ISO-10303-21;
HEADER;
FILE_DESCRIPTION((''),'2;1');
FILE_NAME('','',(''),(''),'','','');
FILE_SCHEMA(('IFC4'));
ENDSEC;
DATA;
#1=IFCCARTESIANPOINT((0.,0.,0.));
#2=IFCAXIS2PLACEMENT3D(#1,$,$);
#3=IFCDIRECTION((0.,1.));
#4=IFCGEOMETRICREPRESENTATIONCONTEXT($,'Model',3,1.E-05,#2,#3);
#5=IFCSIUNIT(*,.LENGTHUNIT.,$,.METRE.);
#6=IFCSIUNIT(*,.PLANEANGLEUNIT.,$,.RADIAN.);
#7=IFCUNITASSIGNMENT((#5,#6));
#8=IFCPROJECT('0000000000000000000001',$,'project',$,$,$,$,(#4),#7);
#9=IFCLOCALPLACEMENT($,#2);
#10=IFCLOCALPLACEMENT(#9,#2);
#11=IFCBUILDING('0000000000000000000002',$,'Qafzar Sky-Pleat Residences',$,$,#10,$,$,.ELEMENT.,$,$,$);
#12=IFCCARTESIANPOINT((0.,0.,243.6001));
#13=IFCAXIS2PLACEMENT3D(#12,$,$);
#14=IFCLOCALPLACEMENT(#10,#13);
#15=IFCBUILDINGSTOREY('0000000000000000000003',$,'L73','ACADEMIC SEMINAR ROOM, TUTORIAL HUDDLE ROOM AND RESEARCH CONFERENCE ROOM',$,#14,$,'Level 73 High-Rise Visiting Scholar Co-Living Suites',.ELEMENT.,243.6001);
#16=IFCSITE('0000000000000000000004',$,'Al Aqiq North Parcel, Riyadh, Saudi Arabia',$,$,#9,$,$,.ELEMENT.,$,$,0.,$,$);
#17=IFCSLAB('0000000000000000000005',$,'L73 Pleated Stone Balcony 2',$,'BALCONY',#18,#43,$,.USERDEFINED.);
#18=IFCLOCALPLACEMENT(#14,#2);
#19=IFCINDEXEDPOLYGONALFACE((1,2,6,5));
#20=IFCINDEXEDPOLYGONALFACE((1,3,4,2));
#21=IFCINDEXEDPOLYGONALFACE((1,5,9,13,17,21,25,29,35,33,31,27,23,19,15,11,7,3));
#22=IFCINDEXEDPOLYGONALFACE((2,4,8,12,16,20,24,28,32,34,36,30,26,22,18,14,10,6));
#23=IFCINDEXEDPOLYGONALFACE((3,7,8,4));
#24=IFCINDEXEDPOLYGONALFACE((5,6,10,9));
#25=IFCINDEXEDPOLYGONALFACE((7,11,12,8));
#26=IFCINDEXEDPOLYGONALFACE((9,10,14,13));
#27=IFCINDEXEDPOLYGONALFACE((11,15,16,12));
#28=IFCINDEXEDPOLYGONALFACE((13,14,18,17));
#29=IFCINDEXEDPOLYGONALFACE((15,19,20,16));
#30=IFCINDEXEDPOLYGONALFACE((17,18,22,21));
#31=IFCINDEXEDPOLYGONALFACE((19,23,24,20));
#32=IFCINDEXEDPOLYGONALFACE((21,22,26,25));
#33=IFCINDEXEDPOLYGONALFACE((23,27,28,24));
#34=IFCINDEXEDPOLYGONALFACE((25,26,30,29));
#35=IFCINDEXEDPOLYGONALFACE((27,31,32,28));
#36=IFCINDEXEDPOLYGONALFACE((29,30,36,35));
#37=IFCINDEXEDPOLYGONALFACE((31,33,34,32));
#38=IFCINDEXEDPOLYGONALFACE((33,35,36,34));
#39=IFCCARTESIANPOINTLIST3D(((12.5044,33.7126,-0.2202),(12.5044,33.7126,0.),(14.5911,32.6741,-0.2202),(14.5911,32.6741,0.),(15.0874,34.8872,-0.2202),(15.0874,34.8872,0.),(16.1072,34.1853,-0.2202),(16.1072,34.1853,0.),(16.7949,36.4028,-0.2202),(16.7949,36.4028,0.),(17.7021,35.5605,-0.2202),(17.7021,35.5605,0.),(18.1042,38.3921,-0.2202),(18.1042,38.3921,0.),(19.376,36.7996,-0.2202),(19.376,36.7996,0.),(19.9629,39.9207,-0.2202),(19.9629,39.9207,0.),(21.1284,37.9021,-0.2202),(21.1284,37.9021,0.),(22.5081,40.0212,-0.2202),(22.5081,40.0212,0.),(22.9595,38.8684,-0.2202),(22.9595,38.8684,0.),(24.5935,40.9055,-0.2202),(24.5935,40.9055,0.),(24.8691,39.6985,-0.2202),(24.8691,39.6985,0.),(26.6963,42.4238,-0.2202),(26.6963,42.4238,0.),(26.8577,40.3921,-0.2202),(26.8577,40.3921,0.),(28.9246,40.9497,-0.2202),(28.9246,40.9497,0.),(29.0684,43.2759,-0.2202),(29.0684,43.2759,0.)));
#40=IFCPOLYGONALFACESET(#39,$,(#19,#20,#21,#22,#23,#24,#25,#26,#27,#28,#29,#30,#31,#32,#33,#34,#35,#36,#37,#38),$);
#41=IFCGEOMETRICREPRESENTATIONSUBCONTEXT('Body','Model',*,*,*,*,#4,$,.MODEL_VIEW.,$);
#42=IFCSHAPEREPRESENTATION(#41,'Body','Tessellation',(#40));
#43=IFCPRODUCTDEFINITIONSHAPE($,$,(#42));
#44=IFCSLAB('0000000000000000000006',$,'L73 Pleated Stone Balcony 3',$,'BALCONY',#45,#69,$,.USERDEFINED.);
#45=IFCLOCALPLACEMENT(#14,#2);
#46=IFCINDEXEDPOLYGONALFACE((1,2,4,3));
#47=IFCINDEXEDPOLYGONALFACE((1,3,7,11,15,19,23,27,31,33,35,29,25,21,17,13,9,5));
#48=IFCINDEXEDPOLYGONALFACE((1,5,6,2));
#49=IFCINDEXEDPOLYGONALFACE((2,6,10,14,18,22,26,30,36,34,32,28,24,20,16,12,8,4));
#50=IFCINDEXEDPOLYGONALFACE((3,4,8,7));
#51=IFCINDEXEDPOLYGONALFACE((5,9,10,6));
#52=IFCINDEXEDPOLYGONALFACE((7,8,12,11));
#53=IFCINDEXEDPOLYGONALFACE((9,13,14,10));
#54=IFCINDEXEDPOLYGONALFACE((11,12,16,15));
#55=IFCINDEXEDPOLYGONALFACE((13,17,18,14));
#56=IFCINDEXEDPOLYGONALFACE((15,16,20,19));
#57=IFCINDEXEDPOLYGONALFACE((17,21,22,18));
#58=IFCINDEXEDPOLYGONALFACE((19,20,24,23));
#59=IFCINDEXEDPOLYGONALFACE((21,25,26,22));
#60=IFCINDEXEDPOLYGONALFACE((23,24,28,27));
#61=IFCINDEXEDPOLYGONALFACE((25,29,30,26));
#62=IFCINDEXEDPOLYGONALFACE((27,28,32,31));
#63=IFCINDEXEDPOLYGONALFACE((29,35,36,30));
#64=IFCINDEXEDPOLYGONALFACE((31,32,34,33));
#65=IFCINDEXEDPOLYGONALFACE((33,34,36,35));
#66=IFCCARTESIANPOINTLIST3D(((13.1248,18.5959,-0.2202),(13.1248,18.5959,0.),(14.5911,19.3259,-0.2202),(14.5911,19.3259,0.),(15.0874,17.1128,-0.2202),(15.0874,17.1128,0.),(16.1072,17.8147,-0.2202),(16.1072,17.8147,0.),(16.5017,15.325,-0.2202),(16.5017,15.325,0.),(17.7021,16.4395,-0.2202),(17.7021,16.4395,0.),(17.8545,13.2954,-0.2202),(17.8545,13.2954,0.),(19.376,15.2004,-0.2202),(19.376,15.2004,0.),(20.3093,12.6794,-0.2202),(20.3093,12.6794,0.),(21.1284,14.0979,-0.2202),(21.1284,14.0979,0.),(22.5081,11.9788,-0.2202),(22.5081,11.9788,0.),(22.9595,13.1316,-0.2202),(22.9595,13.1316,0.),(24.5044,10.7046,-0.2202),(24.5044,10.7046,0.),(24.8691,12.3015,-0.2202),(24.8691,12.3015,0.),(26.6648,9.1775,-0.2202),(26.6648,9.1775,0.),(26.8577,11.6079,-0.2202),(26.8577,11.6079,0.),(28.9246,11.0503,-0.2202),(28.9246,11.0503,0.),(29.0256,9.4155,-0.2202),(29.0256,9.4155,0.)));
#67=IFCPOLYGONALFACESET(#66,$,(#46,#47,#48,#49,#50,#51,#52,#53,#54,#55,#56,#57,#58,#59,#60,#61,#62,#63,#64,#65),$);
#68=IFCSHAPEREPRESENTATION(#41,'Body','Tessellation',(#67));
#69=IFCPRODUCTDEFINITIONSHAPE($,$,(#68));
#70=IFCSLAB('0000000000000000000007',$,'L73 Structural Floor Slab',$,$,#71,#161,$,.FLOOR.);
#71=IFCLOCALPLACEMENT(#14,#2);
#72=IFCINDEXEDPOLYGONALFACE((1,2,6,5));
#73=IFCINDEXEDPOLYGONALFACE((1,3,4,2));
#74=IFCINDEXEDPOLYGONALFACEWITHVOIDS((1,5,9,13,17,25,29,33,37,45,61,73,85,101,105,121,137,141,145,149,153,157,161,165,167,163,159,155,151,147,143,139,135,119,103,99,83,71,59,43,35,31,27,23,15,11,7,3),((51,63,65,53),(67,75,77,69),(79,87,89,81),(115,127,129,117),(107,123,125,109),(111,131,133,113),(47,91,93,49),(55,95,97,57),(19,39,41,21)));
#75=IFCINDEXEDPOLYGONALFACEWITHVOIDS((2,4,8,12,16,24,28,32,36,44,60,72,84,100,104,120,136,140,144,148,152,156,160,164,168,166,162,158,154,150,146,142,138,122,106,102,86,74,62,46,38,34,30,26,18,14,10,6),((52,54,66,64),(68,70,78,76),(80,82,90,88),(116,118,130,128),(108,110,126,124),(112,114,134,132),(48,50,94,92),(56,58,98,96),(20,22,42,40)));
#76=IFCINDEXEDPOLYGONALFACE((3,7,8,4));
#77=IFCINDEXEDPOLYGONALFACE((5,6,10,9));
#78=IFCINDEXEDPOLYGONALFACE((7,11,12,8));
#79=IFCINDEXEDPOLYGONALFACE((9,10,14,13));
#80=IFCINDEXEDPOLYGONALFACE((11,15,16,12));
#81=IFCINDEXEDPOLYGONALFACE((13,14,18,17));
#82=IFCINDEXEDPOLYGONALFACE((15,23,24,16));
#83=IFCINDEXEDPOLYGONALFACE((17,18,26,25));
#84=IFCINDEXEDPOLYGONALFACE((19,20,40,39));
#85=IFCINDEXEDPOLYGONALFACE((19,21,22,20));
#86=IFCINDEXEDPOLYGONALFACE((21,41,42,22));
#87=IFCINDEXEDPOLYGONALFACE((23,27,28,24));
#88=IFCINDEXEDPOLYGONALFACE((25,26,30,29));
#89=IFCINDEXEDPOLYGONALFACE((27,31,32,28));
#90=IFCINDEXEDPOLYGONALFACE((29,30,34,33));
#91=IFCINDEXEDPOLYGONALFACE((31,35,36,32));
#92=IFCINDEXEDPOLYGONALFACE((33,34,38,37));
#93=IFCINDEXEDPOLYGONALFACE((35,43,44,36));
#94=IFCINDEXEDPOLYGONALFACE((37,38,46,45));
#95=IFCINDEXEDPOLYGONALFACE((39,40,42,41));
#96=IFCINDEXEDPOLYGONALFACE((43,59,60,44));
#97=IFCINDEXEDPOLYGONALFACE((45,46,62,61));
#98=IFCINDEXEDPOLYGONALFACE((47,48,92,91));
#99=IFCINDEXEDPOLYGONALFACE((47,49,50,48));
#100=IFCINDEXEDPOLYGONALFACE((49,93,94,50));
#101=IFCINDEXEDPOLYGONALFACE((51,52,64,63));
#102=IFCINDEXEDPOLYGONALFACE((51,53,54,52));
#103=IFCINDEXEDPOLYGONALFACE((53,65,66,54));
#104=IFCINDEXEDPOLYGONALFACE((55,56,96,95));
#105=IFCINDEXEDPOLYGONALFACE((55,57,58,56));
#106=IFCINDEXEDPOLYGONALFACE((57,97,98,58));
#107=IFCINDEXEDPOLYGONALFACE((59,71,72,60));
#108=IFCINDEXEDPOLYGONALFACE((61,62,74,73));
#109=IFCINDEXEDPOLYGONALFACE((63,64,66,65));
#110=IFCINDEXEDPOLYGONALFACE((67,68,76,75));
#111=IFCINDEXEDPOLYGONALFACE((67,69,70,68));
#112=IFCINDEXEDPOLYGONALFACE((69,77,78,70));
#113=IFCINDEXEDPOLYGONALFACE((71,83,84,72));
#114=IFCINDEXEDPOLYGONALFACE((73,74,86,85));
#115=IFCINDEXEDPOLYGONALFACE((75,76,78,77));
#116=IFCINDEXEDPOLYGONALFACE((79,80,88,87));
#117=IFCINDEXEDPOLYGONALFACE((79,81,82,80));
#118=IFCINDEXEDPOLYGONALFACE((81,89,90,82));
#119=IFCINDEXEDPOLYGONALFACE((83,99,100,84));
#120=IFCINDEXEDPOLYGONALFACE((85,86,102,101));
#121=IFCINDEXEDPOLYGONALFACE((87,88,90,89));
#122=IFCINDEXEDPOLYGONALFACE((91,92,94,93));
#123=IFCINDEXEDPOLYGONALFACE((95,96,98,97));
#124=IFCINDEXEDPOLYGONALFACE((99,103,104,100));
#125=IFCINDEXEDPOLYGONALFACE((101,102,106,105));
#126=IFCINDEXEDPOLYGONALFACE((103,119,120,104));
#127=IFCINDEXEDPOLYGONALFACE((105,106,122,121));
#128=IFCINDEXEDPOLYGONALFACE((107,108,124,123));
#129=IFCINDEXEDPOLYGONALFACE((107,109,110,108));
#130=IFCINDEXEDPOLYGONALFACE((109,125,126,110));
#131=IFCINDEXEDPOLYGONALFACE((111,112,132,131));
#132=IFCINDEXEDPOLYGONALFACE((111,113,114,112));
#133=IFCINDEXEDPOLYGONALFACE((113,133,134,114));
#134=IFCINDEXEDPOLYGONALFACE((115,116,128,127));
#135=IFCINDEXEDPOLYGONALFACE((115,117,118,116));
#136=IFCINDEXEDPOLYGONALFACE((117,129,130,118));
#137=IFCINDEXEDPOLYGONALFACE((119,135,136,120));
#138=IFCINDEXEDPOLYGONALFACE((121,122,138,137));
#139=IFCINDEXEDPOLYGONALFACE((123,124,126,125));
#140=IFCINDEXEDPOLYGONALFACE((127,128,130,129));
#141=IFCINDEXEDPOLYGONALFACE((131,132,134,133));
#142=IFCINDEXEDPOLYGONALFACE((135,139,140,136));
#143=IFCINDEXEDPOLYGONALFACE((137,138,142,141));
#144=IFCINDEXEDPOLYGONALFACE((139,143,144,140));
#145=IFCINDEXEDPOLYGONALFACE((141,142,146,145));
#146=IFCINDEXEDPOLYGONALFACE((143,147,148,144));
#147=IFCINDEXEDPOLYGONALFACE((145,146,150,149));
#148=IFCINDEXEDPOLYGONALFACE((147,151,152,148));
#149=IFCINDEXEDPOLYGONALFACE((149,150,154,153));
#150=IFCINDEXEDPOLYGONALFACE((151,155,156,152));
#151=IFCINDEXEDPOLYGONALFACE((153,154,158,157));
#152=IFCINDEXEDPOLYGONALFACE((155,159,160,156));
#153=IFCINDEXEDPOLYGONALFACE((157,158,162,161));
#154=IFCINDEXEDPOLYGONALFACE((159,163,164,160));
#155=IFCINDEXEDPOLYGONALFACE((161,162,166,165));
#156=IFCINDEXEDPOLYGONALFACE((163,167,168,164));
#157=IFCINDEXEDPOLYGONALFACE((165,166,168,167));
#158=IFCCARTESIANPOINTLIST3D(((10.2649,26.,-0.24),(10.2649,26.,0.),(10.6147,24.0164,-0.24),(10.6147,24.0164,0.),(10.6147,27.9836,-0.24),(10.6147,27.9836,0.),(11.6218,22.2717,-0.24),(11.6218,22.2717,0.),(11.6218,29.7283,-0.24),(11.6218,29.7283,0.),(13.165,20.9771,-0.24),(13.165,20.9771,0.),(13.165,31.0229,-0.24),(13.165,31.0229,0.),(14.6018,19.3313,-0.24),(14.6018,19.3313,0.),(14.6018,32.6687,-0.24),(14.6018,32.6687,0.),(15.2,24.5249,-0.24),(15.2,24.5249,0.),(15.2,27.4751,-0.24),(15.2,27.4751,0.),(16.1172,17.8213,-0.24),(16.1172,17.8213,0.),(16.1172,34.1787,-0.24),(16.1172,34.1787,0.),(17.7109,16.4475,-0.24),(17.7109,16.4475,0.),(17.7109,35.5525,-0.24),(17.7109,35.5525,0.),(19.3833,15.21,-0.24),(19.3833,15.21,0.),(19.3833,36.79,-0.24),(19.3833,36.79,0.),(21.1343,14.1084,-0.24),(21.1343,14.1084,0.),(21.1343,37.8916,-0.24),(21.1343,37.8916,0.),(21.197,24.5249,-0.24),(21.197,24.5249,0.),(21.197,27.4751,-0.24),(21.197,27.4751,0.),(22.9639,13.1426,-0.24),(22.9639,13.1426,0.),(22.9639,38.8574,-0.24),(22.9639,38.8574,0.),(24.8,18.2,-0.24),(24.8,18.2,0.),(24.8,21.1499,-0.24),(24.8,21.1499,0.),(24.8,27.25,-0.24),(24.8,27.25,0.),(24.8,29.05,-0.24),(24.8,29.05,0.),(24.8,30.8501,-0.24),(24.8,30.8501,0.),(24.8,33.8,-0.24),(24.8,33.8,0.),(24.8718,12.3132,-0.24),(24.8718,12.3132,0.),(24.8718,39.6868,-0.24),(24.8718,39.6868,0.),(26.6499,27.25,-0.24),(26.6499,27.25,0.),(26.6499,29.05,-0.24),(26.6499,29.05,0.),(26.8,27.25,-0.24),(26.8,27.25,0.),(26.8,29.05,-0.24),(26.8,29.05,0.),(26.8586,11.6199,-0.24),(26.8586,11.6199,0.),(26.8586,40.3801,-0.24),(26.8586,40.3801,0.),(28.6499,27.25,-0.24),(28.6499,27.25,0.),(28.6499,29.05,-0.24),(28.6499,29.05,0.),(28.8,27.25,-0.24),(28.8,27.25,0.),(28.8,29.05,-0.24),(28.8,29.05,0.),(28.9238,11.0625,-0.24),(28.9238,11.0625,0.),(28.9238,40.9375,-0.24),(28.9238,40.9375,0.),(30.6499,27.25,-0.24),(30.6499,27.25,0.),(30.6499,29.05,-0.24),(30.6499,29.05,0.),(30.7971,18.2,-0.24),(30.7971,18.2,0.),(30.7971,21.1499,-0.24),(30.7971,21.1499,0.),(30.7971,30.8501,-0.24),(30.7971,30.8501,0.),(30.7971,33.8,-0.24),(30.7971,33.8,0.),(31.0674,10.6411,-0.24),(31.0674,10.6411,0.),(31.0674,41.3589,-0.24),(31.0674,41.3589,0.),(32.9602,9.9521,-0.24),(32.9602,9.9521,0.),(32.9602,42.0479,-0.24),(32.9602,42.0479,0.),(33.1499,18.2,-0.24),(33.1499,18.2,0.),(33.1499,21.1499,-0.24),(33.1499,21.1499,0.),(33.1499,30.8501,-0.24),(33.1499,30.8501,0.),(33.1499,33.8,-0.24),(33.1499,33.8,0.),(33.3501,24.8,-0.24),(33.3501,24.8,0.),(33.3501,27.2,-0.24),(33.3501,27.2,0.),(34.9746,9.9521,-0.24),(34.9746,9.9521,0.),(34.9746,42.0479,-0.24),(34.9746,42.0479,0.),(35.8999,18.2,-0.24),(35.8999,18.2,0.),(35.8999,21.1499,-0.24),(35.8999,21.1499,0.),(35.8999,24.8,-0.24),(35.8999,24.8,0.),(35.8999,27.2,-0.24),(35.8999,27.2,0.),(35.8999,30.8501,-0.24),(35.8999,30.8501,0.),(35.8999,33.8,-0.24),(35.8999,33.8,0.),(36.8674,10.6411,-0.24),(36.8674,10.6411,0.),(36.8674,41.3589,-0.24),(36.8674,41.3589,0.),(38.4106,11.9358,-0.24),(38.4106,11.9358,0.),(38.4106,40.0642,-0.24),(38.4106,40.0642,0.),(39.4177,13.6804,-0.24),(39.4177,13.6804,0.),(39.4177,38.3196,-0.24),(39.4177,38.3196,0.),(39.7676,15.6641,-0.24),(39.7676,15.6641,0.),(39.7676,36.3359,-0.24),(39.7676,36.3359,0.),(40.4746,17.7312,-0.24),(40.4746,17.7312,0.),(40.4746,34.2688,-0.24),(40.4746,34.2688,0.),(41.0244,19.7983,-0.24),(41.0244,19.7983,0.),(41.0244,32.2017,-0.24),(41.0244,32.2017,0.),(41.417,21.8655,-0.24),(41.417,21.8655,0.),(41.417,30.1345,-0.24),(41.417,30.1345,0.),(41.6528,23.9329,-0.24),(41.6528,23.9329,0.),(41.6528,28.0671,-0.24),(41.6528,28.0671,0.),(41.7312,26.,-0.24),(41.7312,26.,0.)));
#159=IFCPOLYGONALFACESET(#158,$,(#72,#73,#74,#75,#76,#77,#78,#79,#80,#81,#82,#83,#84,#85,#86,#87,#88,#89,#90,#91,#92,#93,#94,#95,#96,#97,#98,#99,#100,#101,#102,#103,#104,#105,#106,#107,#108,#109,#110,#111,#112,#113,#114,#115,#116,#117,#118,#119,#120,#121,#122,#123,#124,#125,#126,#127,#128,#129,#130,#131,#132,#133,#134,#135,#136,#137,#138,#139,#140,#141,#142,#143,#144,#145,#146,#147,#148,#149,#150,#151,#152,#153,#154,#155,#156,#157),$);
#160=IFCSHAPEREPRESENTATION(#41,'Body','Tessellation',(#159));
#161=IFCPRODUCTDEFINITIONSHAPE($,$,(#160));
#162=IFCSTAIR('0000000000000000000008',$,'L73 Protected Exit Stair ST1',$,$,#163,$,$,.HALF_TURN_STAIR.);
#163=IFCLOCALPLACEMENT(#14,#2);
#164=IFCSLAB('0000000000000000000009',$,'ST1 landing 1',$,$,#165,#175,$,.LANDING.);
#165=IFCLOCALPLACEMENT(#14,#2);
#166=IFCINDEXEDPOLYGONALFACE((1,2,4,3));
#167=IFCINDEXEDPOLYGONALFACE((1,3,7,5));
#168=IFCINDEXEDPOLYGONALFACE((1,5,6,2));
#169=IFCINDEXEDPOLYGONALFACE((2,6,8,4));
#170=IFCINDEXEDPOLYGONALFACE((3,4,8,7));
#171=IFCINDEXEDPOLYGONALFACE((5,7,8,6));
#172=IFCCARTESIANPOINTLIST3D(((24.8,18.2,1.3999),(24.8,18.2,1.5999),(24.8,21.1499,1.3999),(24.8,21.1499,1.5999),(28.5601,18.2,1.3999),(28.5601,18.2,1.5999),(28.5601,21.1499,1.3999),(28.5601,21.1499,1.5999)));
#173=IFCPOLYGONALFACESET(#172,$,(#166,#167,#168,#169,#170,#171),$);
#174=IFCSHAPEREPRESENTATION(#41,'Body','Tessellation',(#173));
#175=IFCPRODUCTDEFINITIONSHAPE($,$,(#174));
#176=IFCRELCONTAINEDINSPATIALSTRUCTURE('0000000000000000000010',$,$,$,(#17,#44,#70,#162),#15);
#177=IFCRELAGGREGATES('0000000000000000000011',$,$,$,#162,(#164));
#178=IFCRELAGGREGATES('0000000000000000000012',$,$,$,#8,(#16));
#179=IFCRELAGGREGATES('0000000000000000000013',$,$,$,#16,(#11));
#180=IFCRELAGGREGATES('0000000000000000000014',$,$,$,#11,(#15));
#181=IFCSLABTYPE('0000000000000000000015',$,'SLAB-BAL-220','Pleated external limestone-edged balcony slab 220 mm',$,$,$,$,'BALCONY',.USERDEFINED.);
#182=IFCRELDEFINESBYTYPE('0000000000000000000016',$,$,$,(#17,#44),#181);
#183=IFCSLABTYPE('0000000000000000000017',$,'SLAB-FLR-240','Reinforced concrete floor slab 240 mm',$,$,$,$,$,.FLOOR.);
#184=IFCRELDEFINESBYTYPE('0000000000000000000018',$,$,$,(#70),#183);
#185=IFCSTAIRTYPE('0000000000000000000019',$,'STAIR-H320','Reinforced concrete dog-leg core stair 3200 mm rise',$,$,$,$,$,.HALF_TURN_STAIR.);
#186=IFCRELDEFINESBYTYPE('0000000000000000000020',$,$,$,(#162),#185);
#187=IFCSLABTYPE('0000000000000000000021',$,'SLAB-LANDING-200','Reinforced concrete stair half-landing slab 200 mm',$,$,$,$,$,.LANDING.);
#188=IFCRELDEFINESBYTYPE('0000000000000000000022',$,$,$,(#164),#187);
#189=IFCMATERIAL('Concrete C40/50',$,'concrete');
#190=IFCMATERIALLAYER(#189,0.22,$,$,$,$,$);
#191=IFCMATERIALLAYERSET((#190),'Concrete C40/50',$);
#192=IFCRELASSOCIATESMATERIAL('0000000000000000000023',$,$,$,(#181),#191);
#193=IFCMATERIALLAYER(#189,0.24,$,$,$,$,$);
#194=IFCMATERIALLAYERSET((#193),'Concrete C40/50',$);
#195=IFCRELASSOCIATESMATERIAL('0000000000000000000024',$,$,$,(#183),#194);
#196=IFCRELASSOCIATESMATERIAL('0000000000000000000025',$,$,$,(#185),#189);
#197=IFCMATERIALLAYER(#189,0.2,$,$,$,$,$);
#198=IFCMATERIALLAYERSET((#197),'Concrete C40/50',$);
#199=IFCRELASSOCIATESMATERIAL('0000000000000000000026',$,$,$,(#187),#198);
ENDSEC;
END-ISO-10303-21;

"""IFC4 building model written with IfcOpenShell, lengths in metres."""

from ifc_helpers import new_model, si_unit, direction, frame, origin, place, context, subcontext, project, spatial, polyline, outline, extrude, material, layer, layer_set, type_object, element, aggregate, save


model = new_model("IFC4")

# Units and contexts
model_context = context("Model", 3, precision=1e-05, world=origin(), true_north=direction((0.0, 1.0)))
body_context = subcontext(model_context, "Body", "Model", "MODEL_VIEW")
ifc_project = project(units=[si_unit("LENGTHUNIT", "METRE"), si_unit("PLANEANGLEUNIT", "RADIAN")], contexts=[model_context])

# Site, building, storey
site_placement = place(None, origin())
site = spatial("IfcSite", under=ifc_project, at=site_placement, Name="Al Aqiq North Parcel, Riyadh, Saudi Arabia", CompositionType="ELEMENT", RefElevation=0.0)
building_placement = place(site_placement, origin())
building = spatial("IfcBuilding", under=site, at=building_placement, Name="Qafzar Sky-Pleat Residences", CompositionType="ELEMENT")
storey_placement = place(building_placement, frame((0.0, 0.0, 243.6001)))
storey = spatial("IfcBuildingStorey", under=building, at=storey_placement, Name="L73", Description="ACADEMIC SEMINAR ROOM, TUTORIAL HUDDLE ROOM AND RESEARCH CONFERENCE ROOM", LongName="Level 73 High-Rise Visiting Scholar Co-Living Suites", CompositionType="ELEMENT", Elevation=243.6001)

# Slabs
ifc_material_1 = material(Name="Concrete C40/50", Category="concrete")
ifc_layer_1 = layer(ifc_material_1, 0.22)
ifc_layer_set_1 = layer_set([ifc_layer_1], Name="Concrete C40/50")
slab_type_1 = type_object("IfcSlabType", Name="SLAB-BAL-220", Description="Pleated external limestone-edged balcony slab 220 mm", ElementType="BALCONY", PredefinedType="USERDEFINED", material=ifc_layer_set_1)
slab_1_placement = place(storey_placement, frame((0.0, 0.0, -0.2202)))
element("IfcSlab", 1, at=slab_1_placement, inside=storey, type_object=slab_type_1, Name="L73 Pleated Stone Balcony 2", ObjectType="BALCONY", PredefinedType="USERDEFINED", context=body_context, shape_type="SweptSolid", body=[
    extrude(outline(polyline([(26.8577, 40.3921), (24.8691, 39.6985), (22.9595, 38.8684), (21.1284, 37.9021), (19.376, 36.7996), (17.7021, 35.5605), (16.1072, 34.1853), (14.5911, 32.6741), (12.5044, 33.7126), (15.0874, 34.8872), (16.7949, 36.4028), (18.1042, 38.3921), (19.9629, 39.9207), (22.5081, 40.0212), (24.5935, 40.9055), (26.6963, 42.4238), (29.0684, 43.2759), (28.9246, 40.9497), (26.8577, 40.3921)])), origin(), (0.0, 0.0, 1.0), 0.2202),
])
slab_2_placement = place(storey_placement, frame((0.0, 0.0, -0.2202)))
element("IfcSlab", 2, at=slab_2_placement, inside=storey, type_object=slab_type_1, Name="L73 Pleated Stone Balcony 3", ObjectType="BALCONY", PredefinedType="USERDEFINED", context=body_context, shape_type="SweptSolid", body=[
    extrude(outline(polyline([(16.1072, 17.8147), (17.7021, 16.4395), (19.376, 15.2004), (21.1284, 14.0979), (22.9595, 13.1316), (24.8691, 12.3015), (26.8577, 11.6079), (28.9246, 11.0503), (29.0256, 9.4155), (26.6648, 9.1775), (24.5044, 10.7046), (22.5081, 11.9788), (20.3093, 12.6794), (17.8545, 13.2954), (16.5017, 15.325), (15.0874, 17.1128), (13.1248, 18.5959), (14.5911, 19.3259), (16.1072, 17.8147)])), origin(), (0.0, 0.0, 1.0), 0.2202),
])
ifc_layer_2 = layer(ifc_material_1, 0.24)
ifc_layer_set_2 = layer_set([ifc_layer_2], Name="Concrete C40/50")
slab_type_2 = type_object("IfcSlabType", Name="SLAB-FLR-240", Description="Reinforced concrete floor slab 240 mm", PredefinedType="FLOOR", material=ifc_layer_set_2)
slab_3_placement = place(storey_placement, frame((0.0, 0.0, -0.24)))
element("IfcSlab", 3, at=slab_3_placement, inside=storey, type_object=slab_type_2, Name="L73 Structural Floor Slab", PredefinedType="FLOOR", context=body_context, shape_type="SweptSolid", body=[
    extrude(outline(polyline([(13.165, 31.0229), (11.6218, 29.7283), (10.6147, 27.9836), (10.2649, 26.0), (10.6147, 24.0164), (11.6218, 22.2717), (13.165, 20.9771), (14.6018, 19.3313), (16.1172, 17.8213), (17.7109, 16.4475), (19.3833, 15.21), (21.1343, 14.1084), (22.9639, 13.1426), (24.8718, 12.3132), (26.8586, 11.6199), (28.9238, 11.0625), (31.0674, 10.6411), (32.9602, 9.9521), (34.9746, 9.9521), (36.8674, 10.6411), (38.4106, 11.9358), (39.4177, 13.6804), (39.7676, 15.6641), (40.4746, 17.7312), (41.0244, 19.7983), (41.417, 21.8655), (41.6528, 23.9329), (41.7312, 26.0), (41.6528, 28.0671), (41.417, 30.1345), (41.0244, 32.2017), (40.4746, 34.2688), (39.7676, 36.3359), (39.4177, 38.3196), (38.4106, 40.0642), (36.8674, 41.3589), (34.9746, 42.0479), (32.9602, 42.0479), (31.0674, 41.3589), (28.9238, 40.9375), (26.8586, 40.3801), (24.8718, 39.6868), (22.9639, 38.8574), (21.1343, 37.8916), (19.3833, 36.79), (17.7109, 35.5525), (16.1172, 34.1787), (14.6018, 32.6687), (13.165, 31.0229)]), holes=[polyline([(30.7971, 21.1499), (24.8, 21.1499), (24.8, 18.2), (30.7971, 18.2), (30.7971, 21.1499)]), polyline([(30.7971, 33.8), (24.8, 33.8), (24.8, 30.8501), (30.7971, 30.8501), (30.7971, 33.8)]), polyline([(21.197, 27.4751), (15.2, 27.4751), (15.2, 24.5249), (21.197, 24.5249), (21.197, 27.4751)]), polyline([(24.8, 27.25), (26.6499, 27.25), (26.6499, 29.05), (24.8, 29.05), (24.8, 27.25)]), polyline([(26.8, 27.25), (28.6499, 27.25), (28.6499, 29.05), (26.8, 29.05), (26.8, 27.25)]), polyline([(28.8, 27.25), (30.6499, 27.25), (30.6499, 29.05), (28.8, 29.05), (28.8, 27.25)]), polyline([(33.1499, 18.2), (35.8999, 18.2), (35.8999, 21.1499), (33.1499, 21.1499), (33.1499, 18.2)]), polyline([(33.1499, 30.8501), (35.8999, 30.8501), (35.8999, 33.8), (33.1499, 33.8), (33.1499, 30.8501)]), polyline([(33.3501, 24.8), (35.8999, 24.8), (35.8999, 27.2), (33.3501, 27.2), (33.3501, 24.8)])]), origin(), (0.0, 0.0, 1.0), 0.24),
])

# Stair, slab
stair_type = type_object("IfcStairType", Name="STAIR-H320", Description="Reinforced concrete dog-leg core stair 3200 mm rise", PredefinedType="HALF_TURN_STAIR", material=ifc_material_1)
stair_1_placement = place(storey_placement, origin())
stair_1 = element("IfcStair", 4, at=stair_1_placement, inside=storey, type_object=stair_type, Name="L73 Protected Exit Stair ST1", PredefinedType="HALF_TURN_STAIR")
ifc_layer_3 = layer(ifc_material_1, 0.2)
ifc_layer_set_3 = layer_set([ifc_layer_3], Name="Concrete C40/50")
slab_type_3 = type_object("IfcSlabType", Name="SLAB-LANDING-200", Description="Reinforced concrete stair half-landing slab 200 mm", PredefinedType="LANDING", material=ifc_layer_set_3)
slab_4_placement = place(storey_placement, frame((0.0, 0.0, 1.3999)))
slab_4 = element("IfcSlab", 5, at=slab_4_placement, type_object=slab_type_3, Name="ST1 landing 1", PredefinedType="LANDING", context=body_context, shape_type="SweptSolid", body=[
    extrude(outline(polyline([(28.5601, 21.1499), (24.8, 21.1499), (24.8, 18.2), (28.5601, 18.2), (28.5601, 21.1499)])), origin(), (0.0, 0.0, 1.0), 0.2),
])
aggregate(stair_1, [slab_4])

save(model, "model.ifc")
